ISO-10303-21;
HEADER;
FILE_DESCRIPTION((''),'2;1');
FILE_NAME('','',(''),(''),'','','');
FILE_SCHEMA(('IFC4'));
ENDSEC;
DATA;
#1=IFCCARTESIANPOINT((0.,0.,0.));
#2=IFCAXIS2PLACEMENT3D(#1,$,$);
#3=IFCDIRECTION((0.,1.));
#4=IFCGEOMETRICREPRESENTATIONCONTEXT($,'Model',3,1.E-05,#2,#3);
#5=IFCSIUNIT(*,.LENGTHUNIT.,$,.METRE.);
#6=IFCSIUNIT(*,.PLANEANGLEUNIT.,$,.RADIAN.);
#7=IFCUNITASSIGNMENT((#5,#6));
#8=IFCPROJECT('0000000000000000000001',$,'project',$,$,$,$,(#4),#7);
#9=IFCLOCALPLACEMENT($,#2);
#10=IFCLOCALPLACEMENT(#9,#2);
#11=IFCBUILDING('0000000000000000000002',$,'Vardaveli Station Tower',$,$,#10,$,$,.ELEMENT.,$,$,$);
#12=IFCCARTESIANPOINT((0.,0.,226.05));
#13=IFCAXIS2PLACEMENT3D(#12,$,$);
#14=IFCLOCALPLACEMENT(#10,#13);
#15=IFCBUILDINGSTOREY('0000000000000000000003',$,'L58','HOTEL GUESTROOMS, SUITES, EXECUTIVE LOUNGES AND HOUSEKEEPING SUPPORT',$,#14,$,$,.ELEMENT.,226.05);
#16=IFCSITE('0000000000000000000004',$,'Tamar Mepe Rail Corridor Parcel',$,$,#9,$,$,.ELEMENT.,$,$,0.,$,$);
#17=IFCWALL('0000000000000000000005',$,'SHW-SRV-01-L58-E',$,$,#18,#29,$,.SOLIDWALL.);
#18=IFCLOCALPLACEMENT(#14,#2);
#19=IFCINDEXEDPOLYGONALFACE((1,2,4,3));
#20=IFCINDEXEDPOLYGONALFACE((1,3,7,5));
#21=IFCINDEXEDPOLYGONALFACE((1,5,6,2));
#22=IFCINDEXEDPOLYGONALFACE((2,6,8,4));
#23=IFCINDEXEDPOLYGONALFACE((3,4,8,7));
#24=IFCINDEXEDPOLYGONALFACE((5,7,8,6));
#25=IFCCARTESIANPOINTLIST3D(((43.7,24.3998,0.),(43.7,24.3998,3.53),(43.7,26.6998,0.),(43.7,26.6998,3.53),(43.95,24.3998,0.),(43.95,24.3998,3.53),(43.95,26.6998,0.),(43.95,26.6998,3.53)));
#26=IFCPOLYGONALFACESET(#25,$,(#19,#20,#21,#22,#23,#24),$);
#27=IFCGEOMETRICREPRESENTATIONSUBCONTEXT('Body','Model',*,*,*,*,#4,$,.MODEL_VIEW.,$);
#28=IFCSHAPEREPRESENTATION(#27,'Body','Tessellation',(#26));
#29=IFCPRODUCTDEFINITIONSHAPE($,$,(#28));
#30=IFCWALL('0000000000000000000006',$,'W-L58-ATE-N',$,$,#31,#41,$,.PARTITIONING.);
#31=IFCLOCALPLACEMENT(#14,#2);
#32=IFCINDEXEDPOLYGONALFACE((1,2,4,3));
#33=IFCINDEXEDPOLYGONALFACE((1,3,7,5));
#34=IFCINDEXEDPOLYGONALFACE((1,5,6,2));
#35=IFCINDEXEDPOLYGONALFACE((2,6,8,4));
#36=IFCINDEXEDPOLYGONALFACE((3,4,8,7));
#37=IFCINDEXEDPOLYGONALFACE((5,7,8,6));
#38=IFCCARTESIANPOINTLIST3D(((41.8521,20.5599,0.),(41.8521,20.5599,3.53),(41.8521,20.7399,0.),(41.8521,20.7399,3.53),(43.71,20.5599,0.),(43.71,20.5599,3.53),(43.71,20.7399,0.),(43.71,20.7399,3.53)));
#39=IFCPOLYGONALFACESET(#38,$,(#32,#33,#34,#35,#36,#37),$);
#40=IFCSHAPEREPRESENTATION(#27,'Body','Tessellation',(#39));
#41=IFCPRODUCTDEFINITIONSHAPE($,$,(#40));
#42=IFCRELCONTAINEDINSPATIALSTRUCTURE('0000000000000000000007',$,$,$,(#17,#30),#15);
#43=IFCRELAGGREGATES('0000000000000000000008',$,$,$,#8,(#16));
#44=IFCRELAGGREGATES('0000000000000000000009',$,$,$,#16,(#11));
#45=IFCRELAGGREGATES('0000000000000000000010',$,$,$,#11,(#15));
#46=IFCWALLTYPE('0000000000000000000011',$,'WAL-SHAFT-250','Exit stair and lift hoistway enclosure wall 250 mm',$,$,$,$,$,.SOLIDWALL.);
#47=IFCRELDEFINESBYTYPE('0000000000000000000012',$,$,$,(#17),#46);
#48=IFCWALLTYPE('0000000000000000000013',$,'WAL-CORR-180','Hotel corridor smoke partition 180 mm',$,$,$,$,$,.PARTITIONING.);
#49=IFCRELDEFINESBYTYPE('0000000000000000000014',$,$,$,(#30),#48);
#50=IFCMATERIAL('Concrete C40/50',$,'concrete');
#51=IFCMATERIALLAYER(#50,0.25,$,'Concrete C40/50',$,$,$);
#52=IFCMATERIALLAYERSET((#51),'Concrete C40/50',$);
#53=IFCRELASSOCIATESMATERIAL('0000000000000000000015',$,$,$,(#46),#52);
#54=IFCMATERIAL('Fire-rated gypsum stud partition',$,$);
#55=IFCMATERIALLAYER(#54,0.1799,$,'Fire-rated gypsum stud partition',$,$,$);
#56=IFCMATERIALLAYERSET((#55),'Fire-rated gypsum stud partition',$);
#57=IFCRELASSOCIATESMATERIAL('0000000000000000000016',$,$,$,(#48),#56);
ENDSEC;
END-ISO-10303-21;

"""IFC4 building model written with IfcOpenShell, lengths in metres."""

from ifc_helpers import new_model, si_unit, direction, frame, frame_2d, origin, place, context, subcontext, project, spatial, rectangle, extrude, source, transform, mapped, material, layer, layer_set, type_object, element, save


model = new_model("IFC4")

# Units and contexts
model_context = context("Model", 3, precision=1e-05, world=origin(), true_north=direction((0.0, 1.0)))
body_context = subcontext(model_context, "Body", "Model", "MODEL_VIEW")
ifc_project = project(units=[si_unit("LENGTHUNIT", "METRE"), si_unit("PLANEANGLEUNIT", "RADIAN")], contexts=[model_context])

# Site, building, storey
site_placement = place(None, origin())
site = spatial("IfcSite", under=ifc_project, at=site_placement, Name="Tamar Mepe Rail Corridor Parcel", CompositionType="ELEMENT", RefElevation=0.0)
building_placement = place(site_placement, origin())
building = spatial("IfcBuilding", under=site, at=building_placement, Name="Vardaveli Station Tower", CompositionType="ELEMENT")
storey_placement = place(building_placement, frame((0.0, 0.0, 226.05)))
storey = spatial("IfcBuildingStorey", under=building, at=storey_placement, Name="L58", Description="HOTEL GUESTROOMS, SUITES, EXECUTIVE LOUNGES AND HOUSEKEEPING SUPPORT", CompositionType="ELEMENT", Elevation=226.05)

# Shared definitions
ifc_material_1 = material(Name="Concrete C40/50", Category="concrete")

# Walls
ifc_layer_1 = layer(ifc_material_1, 0.25, Name="Concrete C40/50")
ifc_layer_set_1 = layer_set([ifc_layer_1], Name="Concrete C40/50")
wall_type_1 = type_object("IfcWallType", Name="WAL-SHAFT-250", Description="Exit stair and lift hoistway enclosure wall 250 mm", PredefinedType="SOLIDWALL", material=ifc_layer_set_1)
shared_shape_1 = source(origin(), body_context, "Body", "SweptSolid", [
    extrude(rectangle(XDim=2.3, YDim=0.25, at=frame_2d((1.1499, 0.0))), origin(), (0.0, 0.0, 1.0), 3.53),
])
for number, where, z_axis, x_axis, name in (
    (1, (43.825, 24.3999, 0.0), (0.0, 0.0, 1.0), (0.0, 1.0, 0.0), "SHW-SRV-01-L58-E"),
):
    element("IfcWall", number, at=place(storey_placement, frame(where, z_axis=z_axis, x_axis=x_axis)), inside=storey, type_object=wall_type_1, Name=name, PredefinedType="SOLIDWALL", context=body_context, shape_type="MappedRepresentation", body=[
        mapped(shared_shape_1, transform((0.0, 0.0, 0.0), scale=1.0)),
    ])
ifc_material_2 = material(Name="Fire-rated gypsum stud partition")
ifc_layer_2 = layer(ifc_material_2, 0.1799, Name="Fire-rated gypsum stud partition")
ifc_layer_set_2 = layer_set([ifc_layer_2], Name="Fire-rated gypsum stud partition")
wall_type_2 = type_object("IfcWallType", Name="WAL-CORR-180", Description="Hotel corridor smoke partition 180 mm", PredefinedType="PARTITIONING", material=ifc_layer_set_2)
shared_shape_2 = source(origin(), body_context, "Body", "SweptSolid", [
    extrude(rectangle(XDim=1.8579, YDim=0.1799, at=frame_2d((0.929, 0.0))), origin(), (0.0, 0.0, 1.0), 3.53),
])
wall_1_placement = place(storey_placement, frame((41.8521, 20.6499, 0.0), z_axis=(0.0, 0.0, 1.0), x_axis=(1.0, 0.0, 0.0)))
element("IfcWall", 2, at=wall_1_placement, inside=storey, type_object=wall_type_2, Name="W-L58-ATE-N", PredefinedType="PARTITIONING", context=body_context, shape_type="MappedRepresentation", body=[
    mapped(shared_shape_2, transform((0.0, 0.0, 0.0), scale=1.0)),
])

save(model, "model.ifc")
